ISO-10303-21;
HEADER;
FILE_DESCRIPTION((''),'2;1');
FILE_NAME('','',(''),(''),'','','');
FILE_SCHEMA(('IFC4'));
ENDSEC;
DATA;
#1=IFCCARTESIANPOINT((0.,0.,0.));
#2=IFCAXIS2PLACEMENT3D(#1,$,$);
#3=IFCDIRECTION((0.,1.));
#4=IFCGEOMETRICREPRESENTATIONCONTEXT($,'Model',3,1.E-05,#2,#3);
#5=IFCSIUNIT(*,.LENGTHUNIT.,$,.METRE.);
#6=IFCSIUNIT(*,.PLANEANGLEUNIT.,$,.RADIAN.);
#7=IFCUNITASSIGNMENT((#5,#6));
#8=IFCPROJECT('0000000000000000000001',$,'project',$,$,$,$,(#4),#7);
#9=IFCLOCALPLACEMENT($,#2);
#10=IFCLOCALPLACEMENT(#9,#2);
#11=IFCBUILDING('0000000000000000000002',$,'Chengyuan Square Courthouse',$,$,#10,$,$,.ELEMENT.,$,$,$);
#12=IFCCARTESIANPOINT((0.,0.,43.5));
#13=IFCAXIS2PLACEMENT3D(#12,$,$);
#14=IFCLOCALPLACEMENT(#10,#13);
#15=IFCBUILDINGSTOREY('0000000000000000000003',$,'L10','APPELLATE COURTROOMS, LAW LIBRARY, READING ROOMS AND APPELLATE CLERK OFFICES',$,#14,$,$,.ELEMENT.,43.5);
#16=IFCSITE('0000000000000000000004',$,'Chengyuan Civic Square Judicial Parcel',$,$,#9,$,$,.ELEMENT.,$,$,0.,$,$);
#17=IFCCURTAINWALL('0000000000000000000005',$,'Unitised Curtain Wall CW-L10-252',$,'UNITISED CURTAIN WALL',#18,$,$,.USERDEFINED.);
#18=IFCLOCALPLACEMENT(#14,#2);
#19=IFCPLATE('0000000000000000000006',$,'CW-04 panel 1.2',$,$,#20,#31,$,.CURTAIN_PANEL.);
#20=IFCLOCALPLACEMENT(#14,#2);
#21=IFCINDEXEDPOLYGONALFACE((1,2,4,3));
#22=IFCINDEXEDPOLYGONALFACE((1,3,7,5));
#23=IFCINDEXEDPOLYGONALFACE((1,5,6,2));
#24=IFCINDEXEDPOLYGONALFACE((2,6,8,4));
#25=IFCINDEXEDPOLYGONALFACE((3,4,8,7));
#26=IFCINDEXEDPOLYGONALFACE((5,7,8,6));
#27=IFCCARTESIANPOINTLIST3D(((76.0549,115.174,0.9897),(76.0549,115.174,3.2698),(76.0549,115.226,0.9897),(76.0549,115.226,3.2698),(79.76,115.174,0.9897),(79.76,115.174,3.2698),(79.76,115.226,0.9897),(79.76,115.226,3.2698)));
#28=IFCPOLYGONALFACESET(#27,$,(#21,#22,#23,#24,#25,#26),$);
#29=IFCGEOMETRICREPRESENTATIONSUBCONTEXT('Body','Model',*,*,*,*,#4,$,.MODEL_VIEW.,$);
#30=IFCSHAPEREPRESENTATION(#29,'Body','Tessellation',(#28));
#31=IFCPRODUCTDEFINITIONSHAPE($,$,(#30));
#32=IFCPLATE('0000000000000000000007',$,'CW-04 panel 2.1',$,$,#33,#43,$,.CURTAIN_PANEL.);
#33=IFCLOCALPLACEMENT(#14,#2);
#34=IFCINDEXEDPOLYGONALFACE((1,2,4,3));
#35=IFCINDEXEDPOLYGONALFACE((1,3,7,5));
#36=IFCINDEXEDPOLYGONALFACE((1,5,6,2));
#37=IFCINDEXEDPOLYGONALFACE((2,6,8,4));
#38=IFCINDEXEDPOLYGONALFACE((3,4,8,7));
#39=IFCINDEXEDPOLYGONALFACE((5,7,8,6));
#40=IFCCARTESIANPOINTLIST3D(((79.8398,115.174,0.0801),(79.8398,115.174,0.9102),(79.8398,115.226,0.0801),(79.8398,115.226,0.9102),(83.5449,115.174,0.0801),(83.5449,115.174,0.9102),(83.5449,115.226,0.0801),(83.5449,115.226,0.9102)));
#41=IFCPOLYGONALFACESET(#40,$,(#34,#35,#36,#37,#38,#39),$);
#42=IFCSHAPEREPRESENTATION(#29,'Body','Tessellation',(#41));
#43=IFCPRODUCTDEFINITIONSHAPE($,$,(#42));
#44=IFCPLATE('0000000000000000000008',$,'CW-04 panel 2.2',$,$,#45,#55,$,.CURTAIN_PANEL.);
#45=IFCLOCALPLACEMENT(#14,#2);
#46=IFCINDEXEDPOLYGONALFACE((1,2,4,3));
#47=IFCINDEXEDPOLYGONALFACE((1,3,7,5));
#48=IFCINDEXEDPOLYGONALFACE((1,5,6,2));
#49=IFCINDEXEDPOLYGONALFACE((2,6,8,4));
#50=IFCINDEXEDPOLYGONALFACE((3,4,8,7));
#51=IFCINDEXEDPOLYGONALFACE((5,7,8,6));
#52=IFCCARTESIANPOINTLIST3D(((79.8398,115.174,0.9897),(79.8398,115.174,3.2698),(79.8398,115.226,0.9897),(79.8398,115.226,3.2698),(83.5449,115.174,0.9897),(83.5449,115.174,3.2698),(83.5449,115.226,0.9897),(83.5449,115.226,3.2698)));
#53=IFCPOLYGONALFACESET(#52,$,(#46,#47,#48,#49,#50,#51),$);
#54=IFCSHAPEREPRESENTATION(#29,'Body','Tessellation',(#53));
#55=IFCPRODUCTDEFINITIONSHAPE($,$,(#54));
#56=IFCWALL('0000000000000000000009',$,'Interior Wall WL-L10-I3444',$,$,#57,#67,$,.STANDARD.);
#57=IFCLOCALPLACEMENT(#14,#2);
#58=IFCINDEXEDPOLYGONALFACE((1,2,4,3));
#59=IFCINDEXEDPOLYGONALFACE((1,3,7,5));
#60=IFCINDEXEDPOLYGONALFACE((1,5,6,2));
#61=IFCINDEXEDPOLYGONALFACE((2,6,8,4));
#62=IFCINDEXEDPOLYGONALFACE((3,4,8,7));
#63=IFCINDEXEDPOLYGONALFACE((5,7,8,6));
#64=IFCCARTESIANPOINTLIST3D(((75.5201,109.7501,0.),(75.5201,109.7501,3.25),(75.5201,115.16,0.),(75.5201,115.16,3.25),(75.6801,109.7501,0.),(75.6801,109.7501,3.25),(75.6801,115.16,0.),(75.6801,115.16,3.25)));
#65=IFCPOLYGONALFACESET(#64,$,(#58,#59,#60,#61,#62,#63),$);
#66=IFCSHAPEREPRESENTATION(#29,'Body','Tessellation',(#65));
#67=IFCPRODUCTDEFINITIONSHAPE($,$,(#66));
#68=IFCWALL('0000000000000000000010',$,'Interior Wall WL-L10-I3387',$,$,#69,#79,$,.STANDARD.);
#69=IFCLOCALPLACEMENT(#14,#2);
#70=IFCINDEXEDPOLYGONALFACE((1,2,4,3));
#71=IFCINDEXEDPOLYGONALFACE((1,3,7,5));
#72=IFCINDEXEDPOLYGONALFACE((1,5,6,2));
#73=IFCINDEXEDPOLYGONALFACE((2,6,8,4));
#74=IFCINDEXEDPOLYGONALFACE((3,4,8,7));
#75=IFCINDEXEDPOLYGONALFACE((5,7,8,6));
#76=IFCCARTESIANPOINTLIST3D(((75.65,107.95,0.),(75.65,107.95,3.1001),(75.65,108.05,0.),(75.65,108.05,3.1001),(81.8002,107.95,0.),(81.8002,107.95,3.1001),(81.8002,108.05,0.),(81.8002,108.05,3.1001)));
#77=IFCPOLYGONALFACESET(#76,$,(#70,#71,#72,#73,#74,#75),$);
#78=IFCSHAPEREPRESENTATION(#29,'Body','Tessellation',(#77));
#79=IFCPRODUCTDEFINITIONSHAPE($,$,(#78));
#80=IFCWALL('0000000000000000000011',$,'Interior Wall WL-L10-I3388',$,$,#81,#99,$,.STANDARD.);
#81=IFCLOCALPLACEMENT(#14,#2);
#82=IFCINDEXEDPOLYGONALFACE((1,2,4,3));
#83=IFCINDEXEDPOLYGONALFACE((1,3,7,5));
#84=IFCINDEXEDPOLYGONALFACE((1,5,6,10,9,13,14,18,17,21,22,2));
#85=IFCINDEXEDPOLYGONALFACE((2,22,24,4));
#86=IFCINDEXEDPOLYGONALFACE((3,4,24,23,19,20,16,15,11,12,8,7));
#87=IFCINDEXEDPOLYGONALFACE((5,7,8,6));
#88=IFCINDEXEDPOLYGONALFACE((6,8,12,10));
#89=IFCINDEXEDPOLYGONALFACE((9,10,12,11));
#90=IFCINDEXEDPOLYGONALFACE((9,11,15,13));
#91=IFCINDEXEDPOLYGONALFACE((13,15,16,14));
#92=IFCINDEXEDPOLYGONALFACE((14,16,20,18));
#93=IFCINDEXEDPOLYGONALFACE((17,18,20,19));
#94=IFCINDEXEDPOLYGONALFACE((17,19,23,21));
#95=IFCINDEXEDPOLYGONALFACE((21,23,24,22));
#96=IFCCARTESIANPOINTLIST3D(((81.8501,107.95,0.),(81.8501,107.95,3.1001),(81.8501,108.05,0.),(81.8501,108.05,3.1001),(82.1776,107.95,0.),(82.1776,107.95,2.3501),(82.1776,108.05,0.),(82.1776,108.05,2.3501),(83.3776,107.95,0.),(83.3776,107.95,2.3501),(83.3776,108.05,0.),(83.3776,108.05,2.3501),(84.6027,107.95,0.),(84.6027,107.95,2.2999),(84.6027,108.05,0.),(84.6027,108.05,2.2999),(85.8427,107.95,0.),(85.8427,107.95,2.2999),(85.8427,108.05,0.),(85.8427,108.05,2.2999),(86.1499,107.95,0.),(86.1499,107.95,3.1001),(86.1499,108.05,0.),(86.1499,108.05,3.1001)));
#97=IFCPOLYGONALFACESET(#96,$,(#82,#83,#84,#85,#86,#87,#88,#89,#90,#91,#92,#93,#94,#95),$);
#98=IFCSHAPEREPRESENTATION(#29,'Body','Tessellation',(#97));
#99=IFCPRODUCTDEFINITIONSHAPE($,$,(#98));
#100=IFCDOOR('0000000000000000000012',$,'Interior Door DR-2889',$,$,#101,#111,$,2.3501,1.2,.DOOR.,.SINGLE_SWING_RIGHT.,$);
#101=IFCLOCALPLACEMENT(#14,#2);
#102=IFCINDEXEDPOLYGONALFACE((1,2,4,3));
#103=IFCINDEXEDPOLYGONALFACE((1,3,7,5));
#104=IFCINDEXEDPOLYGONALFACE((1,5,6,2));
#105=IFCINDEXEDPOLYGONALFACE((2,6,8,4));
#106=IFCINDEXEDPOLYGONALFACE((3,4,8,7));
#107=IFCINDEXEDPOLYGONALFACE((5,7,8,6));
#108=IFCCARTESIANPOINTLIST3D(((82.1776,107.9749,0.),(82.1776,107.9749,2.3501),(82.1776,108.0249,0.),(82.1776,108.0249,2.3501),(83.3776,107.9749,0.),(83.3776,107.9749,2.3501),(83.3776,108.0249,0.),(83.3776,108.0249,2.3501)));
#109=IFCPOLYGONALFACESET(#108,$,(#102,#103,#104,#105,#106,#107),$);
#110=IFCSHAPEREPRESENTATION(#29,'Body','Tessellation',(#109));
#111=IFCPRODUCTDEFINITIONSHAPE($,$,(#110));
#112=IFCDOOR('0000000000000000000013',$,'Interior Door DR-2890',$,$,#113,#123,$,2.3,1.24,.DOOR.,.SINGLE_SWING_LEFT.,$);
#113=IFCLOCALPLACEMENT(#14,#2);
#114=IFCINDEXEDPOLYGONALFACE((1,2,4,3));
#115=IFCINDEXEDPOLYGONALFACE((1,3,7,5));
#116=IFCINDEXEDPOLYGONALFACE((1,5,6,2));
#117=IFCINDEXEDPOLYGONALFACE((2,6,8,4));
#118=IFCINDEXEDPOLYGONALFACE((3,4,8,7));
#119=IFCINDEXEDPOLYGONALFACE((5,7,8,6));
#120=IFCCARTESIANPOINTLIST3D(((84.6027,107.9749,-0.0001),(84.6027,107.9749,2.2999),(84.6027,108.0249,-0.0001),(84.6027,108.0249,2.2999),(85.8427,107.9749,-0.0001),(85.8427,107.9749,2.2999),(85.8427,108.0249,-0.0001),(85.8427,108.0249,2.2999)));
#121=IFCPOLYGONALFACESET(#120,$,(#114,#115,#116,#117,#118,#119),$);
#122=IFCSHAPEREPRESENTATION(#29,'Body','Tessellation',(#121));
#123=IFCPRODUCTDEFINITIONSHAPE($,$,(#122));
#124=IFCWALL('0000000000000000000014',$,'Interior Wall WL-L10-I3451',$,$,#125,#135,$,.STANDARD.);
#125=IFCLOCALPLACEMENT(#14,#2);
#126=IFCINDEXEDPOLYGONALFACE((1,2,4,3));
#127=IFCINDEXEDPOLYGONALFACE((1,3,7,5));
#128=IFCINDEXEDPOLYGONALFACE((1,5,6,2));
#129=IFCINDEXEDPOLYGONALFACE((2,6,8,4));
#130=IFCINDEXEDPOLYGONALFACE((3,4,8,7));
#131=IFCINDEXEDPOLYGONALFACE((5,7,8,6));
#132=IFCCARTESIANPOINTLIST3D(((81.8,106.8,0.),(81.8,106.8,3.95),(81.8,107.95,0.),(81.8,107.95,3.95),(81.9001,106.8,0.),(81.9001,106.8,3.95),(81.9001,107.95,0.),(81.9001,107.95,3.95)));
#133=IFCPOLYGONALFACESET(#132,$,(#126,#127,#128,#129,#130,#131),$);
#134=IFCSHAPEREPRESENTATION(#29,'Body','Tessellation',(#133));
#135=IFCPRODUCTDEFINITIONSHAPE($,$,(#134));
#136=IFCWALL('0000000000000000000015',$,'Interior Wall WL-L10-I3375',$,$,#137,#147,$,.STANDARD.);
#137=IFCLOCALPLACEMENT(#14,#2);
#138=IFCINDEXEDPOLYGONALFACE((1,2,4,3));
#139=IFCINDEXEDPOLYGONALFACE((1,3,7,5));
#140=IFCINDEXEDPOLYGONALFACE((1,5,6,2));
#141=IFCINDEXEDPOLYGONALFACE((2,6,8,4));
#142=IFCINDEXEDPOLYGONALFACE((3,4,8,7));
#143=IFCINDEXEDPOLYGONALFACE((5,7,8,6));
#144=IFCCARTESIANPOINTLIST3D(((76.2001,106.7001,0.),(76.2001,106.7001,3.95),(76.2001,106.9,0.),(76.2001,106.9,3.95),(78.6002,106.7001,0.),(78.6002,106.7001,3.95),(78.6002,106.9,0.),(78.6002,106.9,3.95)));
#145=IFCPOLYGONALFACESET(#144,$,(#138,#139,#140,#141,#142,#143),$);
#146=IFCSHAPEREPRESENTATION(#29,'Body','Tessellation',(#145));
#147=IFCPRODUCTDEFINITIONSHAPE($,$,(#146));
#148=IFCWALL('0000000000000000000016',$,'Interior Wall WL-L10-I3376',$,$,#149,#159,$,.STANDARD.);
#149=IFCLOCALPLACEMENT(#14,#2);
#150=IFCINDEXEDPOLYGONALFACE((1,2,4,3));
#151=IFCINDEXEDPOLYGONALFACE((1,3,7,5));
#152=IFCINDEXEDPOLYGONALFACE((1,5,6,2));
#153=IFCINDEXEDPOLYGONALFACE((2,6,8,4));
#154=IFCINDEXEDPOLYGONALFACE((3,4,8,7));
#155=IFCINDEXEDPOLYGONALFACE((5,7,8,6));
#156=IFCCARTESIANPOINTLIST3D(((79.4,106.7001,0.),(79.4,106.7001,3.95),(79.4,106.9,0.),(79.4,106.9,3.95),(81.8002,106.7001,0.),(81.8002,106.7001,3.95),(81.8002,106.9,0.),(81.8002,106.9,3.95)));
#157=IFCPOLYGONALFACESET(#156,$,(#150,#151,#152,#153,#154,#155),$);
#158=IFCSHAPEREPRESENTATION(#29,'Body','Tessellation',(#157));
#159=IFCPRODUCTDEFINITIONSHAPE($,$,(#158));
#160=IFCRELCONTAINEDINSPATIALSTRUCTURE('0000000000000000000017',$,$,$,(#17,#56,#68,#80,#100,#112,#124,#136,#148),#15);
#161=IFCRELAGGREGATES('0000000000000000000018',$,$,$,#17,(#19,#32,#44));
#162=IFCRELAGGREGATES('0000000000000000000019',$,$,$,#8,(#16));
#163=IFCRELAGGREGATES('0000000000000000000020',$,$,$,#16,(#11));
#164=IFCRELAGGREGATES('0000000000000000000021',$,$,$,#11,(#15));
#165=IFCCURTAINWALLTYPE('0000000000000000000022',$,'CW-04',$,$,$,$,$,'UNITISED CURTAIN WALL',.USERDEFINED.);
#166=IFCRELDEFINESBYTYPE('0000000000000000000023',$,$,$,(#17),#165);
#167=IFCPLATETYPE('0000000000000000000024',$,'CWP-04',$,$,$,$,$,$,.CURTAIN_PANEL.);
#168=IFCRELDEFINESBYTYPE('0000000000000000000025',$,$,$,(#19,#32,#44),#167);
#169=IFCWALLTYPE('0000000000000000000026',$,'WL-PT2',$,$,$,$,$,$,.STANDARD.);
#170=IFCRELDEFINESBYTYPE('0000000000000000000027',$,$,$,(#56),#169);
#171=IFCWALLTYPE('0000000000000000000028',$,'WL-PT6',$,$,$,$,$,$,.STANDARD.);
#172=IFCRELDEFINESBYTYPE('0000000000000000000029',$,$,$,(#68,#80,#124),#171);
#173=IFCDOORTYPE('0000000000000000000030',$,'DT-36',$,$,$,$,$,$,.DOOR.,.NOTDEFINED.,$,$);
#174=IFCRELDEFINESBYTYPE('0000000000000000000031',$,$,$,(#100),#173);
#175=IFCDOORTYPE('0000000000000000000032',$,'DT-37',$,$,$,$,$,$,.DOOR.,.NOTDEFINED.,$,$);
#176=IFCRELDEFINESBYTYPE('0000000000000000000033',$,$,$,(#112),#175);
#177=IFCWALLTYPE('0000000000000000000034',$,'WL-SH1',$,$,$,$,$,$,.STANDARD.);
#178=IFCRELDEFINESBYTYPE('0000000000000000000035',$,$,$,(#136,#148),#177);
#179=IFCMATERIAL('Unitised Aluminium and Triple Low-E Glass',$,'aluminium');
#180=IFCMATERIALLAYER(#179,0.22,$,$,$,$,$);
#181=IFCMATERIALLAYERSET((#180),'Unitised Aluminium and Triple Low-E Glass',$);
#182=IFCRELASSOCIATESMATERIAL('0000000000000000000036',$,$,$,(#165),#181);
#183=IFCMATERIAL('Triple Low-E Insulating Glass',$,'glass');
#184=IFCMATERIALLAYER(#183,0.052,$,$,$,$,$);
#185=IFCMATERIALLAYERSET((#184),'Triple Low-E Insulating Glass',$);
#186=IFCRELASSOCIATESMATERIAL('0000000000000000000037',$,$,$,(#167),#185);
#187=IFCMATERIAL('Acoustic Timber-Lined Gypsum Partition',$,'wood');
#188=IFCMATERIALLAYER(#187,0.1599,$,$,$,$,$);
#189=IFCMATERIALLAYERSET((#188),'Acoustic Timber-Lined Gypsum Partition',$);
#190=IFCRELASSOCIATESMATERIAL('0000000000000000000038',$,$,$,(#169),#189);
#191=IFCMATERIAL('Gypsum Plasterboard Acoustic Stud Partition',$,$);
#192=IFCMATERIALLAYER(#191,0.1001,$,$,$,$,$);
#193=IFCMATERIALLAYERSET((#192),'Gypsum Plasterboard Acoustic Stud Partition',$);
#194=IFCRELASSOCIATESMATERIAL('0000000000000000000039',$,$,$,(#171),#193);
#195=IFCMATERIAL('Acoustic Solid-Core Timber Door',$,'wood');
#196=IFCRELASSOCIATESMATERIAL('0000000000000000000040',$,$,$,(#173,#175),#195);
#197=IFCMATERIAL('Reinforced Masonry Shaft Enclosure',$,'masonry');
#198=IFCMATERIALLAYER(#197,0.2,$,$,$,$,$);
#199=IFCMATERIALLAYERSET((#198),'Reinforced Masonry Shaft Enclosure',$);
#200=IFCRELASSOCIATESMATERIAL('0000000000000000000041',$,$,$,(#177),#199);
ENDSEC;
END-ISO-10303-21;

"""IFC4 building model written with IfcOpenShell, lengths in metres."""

from ifc_helpers import new_model, si_unit, direction, frame, frame_2d, origin, origin_2d, place, context, subcontext, project, spatial, rectangle, extrude, material, layer, layer_set, type_object, element, fill, aggregate, save


model = new_model("IFC4")

# Units and contexts
model_context = context("Model", 3, precision=1e-05, world=origin(), true_north=direction((0.0, 1.0)))
body_context = subcontext(model_context, "Body", "Model", "MODEL_VIEW")
ifc_project = project(units=[si_unit("LENGTHUNIT", "METRE"), si_unit("PLANEANGLEUNIT", "RADIAN")], contexts=[model_context])

# Site, building, storey
site_placement = place(None, origin())
site = spatial("IfcSite", under=ifc_project, at=site_placement, Name="Chengyuan Civic Square Judicial Parcel", CompositionType="ELEMENT", RefElevation=0.0)
building_placement = place(site_placement, origin())
building = spatial("IfcBuilding", under=site, at=building_placement, Name="Chengyuan Square Courthouse", CompositionType="ELEMENT")
storey_placement = place(building_placement, frame((0.0, 0.0, 43.5)))
storey = spatial("IfcBuildingStorey", under=building, at=storey_placement, Name="L10", Description="APPELLATE COURTROOMS, LAW LIBRARY, READING ROOMS AND APPELLATE CLERK OFFICES", CompositionType="ELEMENT", Elevation=43.5)

# Curtain wall, plates
ifc_material_1 = material(Name="Unitised Aluminium and Triple Low-E Glass", Category="aluminium")
ifc_layer_1 = layer(ifc_material_1, 0.22)
ifc_layer_set_1 = layer_set([ifc_layer_1], Name="Unitised Aluminium and Triple Low-E Glass")
curtain_wall_type = type_object("IfcCurtainWallType", Name="CW-04", ElementType="UNITISED CURTAIN WALL", PredefinedType="USERDEFINED", material=ifc_layer_set_1)
curtain_wall_placement = place(storey_placement, origin())
curtain_wall = element("IfcCurtainWall", 1, at=curtain_wall_placement, inside=storey, type_object=curtain_wall_type, Name="Unitised Curtain Wall CW-L10-252", ObjectType="UNITISED CURTAIN WALL", PredefinedType="USERDEFINED")
ifc_material_2 = material(Name="Triple Low-E Insulating Glass", Category="glass")
ifc_layer_2 = layer(ifc_material_2, 0.052)
ifc_layer_set_2 = layer_set([ifc_layer_2], Name="Triple Low-E Insulating Glass")
plate_type = type_object("IfcPlateType", Name="CWP-04", PredefinedType="CURTAIN_PANEL", material=ifc_layer_set_2)
plate_1_placement = place(storey_placement, frame((77.9075, 115.2, 0.9897), z_axis=(0.0, 0.0, 1.0), x_axis=(1.0, 0.0, 0.0)))
plate_1 = element("IfcPlate", 2, at=plate_1_placement, type_object=plate_type, Name="CW-04 panel 1.2", PredefinedType="CURTAIN_PANEL", context=body_context, shape_type="SweptSolid", body=[
    extrude(rectangle(XDim=3.7051, YDim=0.052, at=origin_2d()), origin(), (0.0, 0.0, 1.0), 2.28),
])
plate_2_placement = place(storey_placement, frame((81.6924, 115.2, 0.0801), z_axis=(0.0, 0.0, 1.0), x_axis=(1.0, 0.0, 0.0)))
plate_2 = element("IfcPlate", 3, at=plate_2_placement, type_object=plate_type, Name="CW-04 panel 2.1", PredefinedType="CURTAIN_PANEL", context=body_context, shape_type="SweptSolid", body=[
    extrude(rectangle(XDim=3.7051, YDim=0.052, at=origin_2d()), origin(), (0.0, 0.0, 1.0), 0.8301),
])
plate_3_placement = place(storey_placement, frame((81.6924, 115.2, 0.9897), z_axis=(0.0, 0.0, 1.0), x_axis=(1.0, 0.0, 0.0)))
plate_3 = element("IfcPlate", 4, at=plate_3_placement, type_object=plate_type, Name="CW-04 panel 2.2", PredefinedType="CURTAIN_PANEL", context=body_context, shape_type="SweptSolid", body=[
    extrude(rectangle(XDim=3.7051, YDim=0.052, at=origin_2d()), origin(), (0.0, 0.0, 1.0), 2.28),
])
aggregate(curtain_wall, [plate_1, plate_2, plate_3])

# Walls
ifc_material_3 = material(Name="Acoustic Timber-Lined Gypsum Partition", Category="wood")
ifc_layer_3 = layer(ifc_material_3, 0.1599)
ifc_layer_set_3 = layer_set([ifc_layer_3], Name="Acoustic Timber-Lined Gypsum Partition")
wall_type_1 = type_object("IfcWallType", Name="WL-PT2", PredefinedType="STANDARD", material=ifc_layer_set_3)
wall_1_placement = place(storey_placement, frame((75.6001, 109.75, 0.0), z_axis=(0.0, 0.0, 1.0), x_axis=(0.0, 1.0, 0.0)))
element("IfcWall", 5, at=wall_1_placement, inside=storey, type_object=wall_type_1, Name="Interior Wall WL-L10-I3444", PredefinedType="STANDARD", context=body_context, shape_type="SweptSolid", body=[
    extrude(rectangle(XDim=5.4099, YDim=0.1599, at=frame_2d((2.7051, 0.0))), origin(), (0.0, 0.0, 1.0), 3.25),
])
ifc_material_4 = material(Name="Gypsum Plasterboard Acoustic Stud Partition")
ifc_layer_4 = layer(ifc_material_4, 0.1001)
ifc_layer_set_4 = layer_set([ifc_layer_4], Name="Gypsum Plasterboard Acoustic Stud Partition")
wall_type_2 = type_object("IfcWallType", Name="WL-PT6", PredefinedType="STANDARD", material=ifc_layer_set_4)
wall_2_placement = place(storey_placement, frame((75.6499, 108.0, 0.0), z_axis=(0.0, 0.0, 1.0), x_axis=(1.0, 0.0, 0.0)))
element("IfcWall", 6, at=wall_2_placement, inside=storey, type_object=wall_type_2, Name="Interior Wall WL-L10-I3387", PredefinedType="STANDARD", context=body_context, shape_type="SweptSolid", body=[
    extrude(rectangle(XDim=6.1501, YDim=0.1001, at=frame_2d((3.0752, 0.0))), origin(), (0.0, 0.0, 1.0), 3.1001),
])

# Wall, openings, doors
wall_3_placement = place(storey_placement, frame((81.8501, 108.0, 0.0), z_axis=(0.0, 0.0, 1.0), x_axis=(1.0, 0.0, 0.0)))
wall_3 = element("IfcWall", 7, at=wall_3_placement, inside=storey, type_object=wall_type_2, Name="Interior Wall WL-L10-I3388", PredefinedType="STANDARD", context=body_context, shape_type="SweptSolid", body=[
    extrude(rectangle(XDim=4.2998, YDim=0.1001, at=frame_2d((2.1499, 0.0))), origin(), (0.0, 0.0, 1.0), 3.1001),
])
opening_1_placement = place(wall_3_placement, frame((0.3274, 0.0, 0.0)))
opening_1 = element("IfcOpeningElement", 8, at=opening_1_placement, cuts=wall_3, PredefinedType="OPENING", context=body_context, shape_type="SweptSolid", body=[
    extrude(rectangle(XDim=1.2, YDim=2.3501, at=frame_2d((0.6001, 1.175))), frame((0.0, 0.062, 0.0), z_axis=(0.0, -1.0, 0.0), x_axis=(1.0, 0.0, 0.0)), (0.0, 0.0, 1.0), 0.124),
])
opening_2_placement = place(wall_3_placement, frame((2.7524, 0.0, 0.0)))
opening_2 = element("IfcOpeningElement", 9, at=opening_2_placement, cuts=wall_3, PredefinedType="OPENING", context=body_context, shape_type="SweptSolid", body=[
    extrude(rectangle(XDim=1.24, YDim=2.3, at=frame_2d((0.6201, 1.1499))), frame((0.0, 0.062, 0.0), z_axis=(0.0, -1.0, 0.0), x_axis=(1.0, 0.0, 0.0)), (0.0, 0.0, 1.0), 0.124),
])
ifc_material_5 = material(Name="Acoustic Solid-Core Timber Door", Category="wood")
door_type_1 = type_object("IfcDoorType", Name="DT-36", OperationType="NOTDEFINED", PredefinedType="DOOR", material=ifc_material_5)
door_1_placement = place(opening_1_placement, origin())
door_1 = element("IfcDoor", 10, at=door_1_placement, inside=storey, type_object=door_type_1, Name="Interior Door DR-2889", OperationType="SINGLE_SWING_RIGHT", OverallHeight=2.3501, OverallWidth=1.2, PredefinedType="DOOR", context=body_context, shape_type="SweptSolid", body=[
    extrude(rectangle(XDim=1.2, YDim=2.3501, at=frame_2d((0.6001, 1.175))), frame((0.0, 0.0249, 0.0), z_axis=(0.0, -1.0, 0.0), x_axis=(1.0, 0.0, 0.0)), (0.0, 0.0, 1.0), 0.05),
])
fill(opening_1, door_1)
door_type_2 = type_object("IfcDoorType", Name="DT-37", OperationType="NOTDEFINED", PredefinedType="DOOR", material=ifc_material_5)
door_2_placement = place(opening_2_placement, origin())
door_2 = element("IfcDoor", 11, at=door_2_placement, inside=storey, type_object=door_type_2, Name="Interior Door DR-2890", OperationType="SINGLE_SWING_LEFT", OverallHeight=2.3, OverallWidth=1.24, PredefinedType="DOOR", context=body_context, shape_type="SweptSolid", body=[
    extrude(rectangle(XDim=1.24, YDim=2.3, at=frame_2d((0.6201, 1.1499))), frame((0.0, 0.0249, 0.0), z_axis=(0.0, -1.0, 0.0), x_axis=(1.0, 0.0, 0.0)), (0.0, 0.0, 1.0), 0.05),
])
fill(opening_2, door_2)

# Walls
wall_4_placement = place(storey_placement, frame((81.8501, 106.8, 0.0), z_axis=(0.0, 0.0, 1.0), x_axis=(0.0, 1.0, 0.0)))
element("IfcWall", 12, at=wall_4_placement, inside=storey, type_object=wall_type_2, Name="Interior Wall WL-L10-I3451", PredefinedType="STANDARD", context=body_context, shape_type="SweptSolid", body=[
    extrude(rectangle(XDim=1.1499, YDim=0.1001, at=frame_2d((0.575, 0.0))), origin(), (0.0, 0.0, 1.0), 3.95),
])
ifc_material_6 = material(Name="Reinforced Masonry Shaft Enclosure", Category="masonry")
ifc_layer_5 = layer(ifc_material_6, 0.2)
ifc_layer_set_5 = layer_set([ifc_layer_5], Name="Reinforced Masonry Shaft Enclosure")
wall_type_3 = type_object("IfcWallType", Name="WL-SH1", PredefinedType="STANDARD", material=ifc_layer_set_5)
for number, where, z_axis, x_axis, name in (
    (13, (76.2, 106.8, 0.0), (0.0, 0.0, 1.0), (1.0, 0.0, 0.0), "Interior Wall WL-L10-I3375"),
    (14, (79.3999, 106.8, 0.0), (0.0, 0.0, 1.0), (1.0, 0.0, 0.0), "Interior Wall WL-L10-I3376"),
):
    element("IfcWall", number, at=place(storey_placement, frame(where, z_axis=z_axis, x_axis=x_axis)), inside=storey, type_object=wall_type_3, Name=name, PredefinedType="STANDARD", context=body_context, shape_type="SweptSolid", body=[
        extrude(rectangle(XDim=2.4001, YDim=0.2, at=frame_2d((1.2002, 0.0))), origin(), (0.0, 0.0, 1.0), 3.95),
    ])

save(model, "model.ifc")
